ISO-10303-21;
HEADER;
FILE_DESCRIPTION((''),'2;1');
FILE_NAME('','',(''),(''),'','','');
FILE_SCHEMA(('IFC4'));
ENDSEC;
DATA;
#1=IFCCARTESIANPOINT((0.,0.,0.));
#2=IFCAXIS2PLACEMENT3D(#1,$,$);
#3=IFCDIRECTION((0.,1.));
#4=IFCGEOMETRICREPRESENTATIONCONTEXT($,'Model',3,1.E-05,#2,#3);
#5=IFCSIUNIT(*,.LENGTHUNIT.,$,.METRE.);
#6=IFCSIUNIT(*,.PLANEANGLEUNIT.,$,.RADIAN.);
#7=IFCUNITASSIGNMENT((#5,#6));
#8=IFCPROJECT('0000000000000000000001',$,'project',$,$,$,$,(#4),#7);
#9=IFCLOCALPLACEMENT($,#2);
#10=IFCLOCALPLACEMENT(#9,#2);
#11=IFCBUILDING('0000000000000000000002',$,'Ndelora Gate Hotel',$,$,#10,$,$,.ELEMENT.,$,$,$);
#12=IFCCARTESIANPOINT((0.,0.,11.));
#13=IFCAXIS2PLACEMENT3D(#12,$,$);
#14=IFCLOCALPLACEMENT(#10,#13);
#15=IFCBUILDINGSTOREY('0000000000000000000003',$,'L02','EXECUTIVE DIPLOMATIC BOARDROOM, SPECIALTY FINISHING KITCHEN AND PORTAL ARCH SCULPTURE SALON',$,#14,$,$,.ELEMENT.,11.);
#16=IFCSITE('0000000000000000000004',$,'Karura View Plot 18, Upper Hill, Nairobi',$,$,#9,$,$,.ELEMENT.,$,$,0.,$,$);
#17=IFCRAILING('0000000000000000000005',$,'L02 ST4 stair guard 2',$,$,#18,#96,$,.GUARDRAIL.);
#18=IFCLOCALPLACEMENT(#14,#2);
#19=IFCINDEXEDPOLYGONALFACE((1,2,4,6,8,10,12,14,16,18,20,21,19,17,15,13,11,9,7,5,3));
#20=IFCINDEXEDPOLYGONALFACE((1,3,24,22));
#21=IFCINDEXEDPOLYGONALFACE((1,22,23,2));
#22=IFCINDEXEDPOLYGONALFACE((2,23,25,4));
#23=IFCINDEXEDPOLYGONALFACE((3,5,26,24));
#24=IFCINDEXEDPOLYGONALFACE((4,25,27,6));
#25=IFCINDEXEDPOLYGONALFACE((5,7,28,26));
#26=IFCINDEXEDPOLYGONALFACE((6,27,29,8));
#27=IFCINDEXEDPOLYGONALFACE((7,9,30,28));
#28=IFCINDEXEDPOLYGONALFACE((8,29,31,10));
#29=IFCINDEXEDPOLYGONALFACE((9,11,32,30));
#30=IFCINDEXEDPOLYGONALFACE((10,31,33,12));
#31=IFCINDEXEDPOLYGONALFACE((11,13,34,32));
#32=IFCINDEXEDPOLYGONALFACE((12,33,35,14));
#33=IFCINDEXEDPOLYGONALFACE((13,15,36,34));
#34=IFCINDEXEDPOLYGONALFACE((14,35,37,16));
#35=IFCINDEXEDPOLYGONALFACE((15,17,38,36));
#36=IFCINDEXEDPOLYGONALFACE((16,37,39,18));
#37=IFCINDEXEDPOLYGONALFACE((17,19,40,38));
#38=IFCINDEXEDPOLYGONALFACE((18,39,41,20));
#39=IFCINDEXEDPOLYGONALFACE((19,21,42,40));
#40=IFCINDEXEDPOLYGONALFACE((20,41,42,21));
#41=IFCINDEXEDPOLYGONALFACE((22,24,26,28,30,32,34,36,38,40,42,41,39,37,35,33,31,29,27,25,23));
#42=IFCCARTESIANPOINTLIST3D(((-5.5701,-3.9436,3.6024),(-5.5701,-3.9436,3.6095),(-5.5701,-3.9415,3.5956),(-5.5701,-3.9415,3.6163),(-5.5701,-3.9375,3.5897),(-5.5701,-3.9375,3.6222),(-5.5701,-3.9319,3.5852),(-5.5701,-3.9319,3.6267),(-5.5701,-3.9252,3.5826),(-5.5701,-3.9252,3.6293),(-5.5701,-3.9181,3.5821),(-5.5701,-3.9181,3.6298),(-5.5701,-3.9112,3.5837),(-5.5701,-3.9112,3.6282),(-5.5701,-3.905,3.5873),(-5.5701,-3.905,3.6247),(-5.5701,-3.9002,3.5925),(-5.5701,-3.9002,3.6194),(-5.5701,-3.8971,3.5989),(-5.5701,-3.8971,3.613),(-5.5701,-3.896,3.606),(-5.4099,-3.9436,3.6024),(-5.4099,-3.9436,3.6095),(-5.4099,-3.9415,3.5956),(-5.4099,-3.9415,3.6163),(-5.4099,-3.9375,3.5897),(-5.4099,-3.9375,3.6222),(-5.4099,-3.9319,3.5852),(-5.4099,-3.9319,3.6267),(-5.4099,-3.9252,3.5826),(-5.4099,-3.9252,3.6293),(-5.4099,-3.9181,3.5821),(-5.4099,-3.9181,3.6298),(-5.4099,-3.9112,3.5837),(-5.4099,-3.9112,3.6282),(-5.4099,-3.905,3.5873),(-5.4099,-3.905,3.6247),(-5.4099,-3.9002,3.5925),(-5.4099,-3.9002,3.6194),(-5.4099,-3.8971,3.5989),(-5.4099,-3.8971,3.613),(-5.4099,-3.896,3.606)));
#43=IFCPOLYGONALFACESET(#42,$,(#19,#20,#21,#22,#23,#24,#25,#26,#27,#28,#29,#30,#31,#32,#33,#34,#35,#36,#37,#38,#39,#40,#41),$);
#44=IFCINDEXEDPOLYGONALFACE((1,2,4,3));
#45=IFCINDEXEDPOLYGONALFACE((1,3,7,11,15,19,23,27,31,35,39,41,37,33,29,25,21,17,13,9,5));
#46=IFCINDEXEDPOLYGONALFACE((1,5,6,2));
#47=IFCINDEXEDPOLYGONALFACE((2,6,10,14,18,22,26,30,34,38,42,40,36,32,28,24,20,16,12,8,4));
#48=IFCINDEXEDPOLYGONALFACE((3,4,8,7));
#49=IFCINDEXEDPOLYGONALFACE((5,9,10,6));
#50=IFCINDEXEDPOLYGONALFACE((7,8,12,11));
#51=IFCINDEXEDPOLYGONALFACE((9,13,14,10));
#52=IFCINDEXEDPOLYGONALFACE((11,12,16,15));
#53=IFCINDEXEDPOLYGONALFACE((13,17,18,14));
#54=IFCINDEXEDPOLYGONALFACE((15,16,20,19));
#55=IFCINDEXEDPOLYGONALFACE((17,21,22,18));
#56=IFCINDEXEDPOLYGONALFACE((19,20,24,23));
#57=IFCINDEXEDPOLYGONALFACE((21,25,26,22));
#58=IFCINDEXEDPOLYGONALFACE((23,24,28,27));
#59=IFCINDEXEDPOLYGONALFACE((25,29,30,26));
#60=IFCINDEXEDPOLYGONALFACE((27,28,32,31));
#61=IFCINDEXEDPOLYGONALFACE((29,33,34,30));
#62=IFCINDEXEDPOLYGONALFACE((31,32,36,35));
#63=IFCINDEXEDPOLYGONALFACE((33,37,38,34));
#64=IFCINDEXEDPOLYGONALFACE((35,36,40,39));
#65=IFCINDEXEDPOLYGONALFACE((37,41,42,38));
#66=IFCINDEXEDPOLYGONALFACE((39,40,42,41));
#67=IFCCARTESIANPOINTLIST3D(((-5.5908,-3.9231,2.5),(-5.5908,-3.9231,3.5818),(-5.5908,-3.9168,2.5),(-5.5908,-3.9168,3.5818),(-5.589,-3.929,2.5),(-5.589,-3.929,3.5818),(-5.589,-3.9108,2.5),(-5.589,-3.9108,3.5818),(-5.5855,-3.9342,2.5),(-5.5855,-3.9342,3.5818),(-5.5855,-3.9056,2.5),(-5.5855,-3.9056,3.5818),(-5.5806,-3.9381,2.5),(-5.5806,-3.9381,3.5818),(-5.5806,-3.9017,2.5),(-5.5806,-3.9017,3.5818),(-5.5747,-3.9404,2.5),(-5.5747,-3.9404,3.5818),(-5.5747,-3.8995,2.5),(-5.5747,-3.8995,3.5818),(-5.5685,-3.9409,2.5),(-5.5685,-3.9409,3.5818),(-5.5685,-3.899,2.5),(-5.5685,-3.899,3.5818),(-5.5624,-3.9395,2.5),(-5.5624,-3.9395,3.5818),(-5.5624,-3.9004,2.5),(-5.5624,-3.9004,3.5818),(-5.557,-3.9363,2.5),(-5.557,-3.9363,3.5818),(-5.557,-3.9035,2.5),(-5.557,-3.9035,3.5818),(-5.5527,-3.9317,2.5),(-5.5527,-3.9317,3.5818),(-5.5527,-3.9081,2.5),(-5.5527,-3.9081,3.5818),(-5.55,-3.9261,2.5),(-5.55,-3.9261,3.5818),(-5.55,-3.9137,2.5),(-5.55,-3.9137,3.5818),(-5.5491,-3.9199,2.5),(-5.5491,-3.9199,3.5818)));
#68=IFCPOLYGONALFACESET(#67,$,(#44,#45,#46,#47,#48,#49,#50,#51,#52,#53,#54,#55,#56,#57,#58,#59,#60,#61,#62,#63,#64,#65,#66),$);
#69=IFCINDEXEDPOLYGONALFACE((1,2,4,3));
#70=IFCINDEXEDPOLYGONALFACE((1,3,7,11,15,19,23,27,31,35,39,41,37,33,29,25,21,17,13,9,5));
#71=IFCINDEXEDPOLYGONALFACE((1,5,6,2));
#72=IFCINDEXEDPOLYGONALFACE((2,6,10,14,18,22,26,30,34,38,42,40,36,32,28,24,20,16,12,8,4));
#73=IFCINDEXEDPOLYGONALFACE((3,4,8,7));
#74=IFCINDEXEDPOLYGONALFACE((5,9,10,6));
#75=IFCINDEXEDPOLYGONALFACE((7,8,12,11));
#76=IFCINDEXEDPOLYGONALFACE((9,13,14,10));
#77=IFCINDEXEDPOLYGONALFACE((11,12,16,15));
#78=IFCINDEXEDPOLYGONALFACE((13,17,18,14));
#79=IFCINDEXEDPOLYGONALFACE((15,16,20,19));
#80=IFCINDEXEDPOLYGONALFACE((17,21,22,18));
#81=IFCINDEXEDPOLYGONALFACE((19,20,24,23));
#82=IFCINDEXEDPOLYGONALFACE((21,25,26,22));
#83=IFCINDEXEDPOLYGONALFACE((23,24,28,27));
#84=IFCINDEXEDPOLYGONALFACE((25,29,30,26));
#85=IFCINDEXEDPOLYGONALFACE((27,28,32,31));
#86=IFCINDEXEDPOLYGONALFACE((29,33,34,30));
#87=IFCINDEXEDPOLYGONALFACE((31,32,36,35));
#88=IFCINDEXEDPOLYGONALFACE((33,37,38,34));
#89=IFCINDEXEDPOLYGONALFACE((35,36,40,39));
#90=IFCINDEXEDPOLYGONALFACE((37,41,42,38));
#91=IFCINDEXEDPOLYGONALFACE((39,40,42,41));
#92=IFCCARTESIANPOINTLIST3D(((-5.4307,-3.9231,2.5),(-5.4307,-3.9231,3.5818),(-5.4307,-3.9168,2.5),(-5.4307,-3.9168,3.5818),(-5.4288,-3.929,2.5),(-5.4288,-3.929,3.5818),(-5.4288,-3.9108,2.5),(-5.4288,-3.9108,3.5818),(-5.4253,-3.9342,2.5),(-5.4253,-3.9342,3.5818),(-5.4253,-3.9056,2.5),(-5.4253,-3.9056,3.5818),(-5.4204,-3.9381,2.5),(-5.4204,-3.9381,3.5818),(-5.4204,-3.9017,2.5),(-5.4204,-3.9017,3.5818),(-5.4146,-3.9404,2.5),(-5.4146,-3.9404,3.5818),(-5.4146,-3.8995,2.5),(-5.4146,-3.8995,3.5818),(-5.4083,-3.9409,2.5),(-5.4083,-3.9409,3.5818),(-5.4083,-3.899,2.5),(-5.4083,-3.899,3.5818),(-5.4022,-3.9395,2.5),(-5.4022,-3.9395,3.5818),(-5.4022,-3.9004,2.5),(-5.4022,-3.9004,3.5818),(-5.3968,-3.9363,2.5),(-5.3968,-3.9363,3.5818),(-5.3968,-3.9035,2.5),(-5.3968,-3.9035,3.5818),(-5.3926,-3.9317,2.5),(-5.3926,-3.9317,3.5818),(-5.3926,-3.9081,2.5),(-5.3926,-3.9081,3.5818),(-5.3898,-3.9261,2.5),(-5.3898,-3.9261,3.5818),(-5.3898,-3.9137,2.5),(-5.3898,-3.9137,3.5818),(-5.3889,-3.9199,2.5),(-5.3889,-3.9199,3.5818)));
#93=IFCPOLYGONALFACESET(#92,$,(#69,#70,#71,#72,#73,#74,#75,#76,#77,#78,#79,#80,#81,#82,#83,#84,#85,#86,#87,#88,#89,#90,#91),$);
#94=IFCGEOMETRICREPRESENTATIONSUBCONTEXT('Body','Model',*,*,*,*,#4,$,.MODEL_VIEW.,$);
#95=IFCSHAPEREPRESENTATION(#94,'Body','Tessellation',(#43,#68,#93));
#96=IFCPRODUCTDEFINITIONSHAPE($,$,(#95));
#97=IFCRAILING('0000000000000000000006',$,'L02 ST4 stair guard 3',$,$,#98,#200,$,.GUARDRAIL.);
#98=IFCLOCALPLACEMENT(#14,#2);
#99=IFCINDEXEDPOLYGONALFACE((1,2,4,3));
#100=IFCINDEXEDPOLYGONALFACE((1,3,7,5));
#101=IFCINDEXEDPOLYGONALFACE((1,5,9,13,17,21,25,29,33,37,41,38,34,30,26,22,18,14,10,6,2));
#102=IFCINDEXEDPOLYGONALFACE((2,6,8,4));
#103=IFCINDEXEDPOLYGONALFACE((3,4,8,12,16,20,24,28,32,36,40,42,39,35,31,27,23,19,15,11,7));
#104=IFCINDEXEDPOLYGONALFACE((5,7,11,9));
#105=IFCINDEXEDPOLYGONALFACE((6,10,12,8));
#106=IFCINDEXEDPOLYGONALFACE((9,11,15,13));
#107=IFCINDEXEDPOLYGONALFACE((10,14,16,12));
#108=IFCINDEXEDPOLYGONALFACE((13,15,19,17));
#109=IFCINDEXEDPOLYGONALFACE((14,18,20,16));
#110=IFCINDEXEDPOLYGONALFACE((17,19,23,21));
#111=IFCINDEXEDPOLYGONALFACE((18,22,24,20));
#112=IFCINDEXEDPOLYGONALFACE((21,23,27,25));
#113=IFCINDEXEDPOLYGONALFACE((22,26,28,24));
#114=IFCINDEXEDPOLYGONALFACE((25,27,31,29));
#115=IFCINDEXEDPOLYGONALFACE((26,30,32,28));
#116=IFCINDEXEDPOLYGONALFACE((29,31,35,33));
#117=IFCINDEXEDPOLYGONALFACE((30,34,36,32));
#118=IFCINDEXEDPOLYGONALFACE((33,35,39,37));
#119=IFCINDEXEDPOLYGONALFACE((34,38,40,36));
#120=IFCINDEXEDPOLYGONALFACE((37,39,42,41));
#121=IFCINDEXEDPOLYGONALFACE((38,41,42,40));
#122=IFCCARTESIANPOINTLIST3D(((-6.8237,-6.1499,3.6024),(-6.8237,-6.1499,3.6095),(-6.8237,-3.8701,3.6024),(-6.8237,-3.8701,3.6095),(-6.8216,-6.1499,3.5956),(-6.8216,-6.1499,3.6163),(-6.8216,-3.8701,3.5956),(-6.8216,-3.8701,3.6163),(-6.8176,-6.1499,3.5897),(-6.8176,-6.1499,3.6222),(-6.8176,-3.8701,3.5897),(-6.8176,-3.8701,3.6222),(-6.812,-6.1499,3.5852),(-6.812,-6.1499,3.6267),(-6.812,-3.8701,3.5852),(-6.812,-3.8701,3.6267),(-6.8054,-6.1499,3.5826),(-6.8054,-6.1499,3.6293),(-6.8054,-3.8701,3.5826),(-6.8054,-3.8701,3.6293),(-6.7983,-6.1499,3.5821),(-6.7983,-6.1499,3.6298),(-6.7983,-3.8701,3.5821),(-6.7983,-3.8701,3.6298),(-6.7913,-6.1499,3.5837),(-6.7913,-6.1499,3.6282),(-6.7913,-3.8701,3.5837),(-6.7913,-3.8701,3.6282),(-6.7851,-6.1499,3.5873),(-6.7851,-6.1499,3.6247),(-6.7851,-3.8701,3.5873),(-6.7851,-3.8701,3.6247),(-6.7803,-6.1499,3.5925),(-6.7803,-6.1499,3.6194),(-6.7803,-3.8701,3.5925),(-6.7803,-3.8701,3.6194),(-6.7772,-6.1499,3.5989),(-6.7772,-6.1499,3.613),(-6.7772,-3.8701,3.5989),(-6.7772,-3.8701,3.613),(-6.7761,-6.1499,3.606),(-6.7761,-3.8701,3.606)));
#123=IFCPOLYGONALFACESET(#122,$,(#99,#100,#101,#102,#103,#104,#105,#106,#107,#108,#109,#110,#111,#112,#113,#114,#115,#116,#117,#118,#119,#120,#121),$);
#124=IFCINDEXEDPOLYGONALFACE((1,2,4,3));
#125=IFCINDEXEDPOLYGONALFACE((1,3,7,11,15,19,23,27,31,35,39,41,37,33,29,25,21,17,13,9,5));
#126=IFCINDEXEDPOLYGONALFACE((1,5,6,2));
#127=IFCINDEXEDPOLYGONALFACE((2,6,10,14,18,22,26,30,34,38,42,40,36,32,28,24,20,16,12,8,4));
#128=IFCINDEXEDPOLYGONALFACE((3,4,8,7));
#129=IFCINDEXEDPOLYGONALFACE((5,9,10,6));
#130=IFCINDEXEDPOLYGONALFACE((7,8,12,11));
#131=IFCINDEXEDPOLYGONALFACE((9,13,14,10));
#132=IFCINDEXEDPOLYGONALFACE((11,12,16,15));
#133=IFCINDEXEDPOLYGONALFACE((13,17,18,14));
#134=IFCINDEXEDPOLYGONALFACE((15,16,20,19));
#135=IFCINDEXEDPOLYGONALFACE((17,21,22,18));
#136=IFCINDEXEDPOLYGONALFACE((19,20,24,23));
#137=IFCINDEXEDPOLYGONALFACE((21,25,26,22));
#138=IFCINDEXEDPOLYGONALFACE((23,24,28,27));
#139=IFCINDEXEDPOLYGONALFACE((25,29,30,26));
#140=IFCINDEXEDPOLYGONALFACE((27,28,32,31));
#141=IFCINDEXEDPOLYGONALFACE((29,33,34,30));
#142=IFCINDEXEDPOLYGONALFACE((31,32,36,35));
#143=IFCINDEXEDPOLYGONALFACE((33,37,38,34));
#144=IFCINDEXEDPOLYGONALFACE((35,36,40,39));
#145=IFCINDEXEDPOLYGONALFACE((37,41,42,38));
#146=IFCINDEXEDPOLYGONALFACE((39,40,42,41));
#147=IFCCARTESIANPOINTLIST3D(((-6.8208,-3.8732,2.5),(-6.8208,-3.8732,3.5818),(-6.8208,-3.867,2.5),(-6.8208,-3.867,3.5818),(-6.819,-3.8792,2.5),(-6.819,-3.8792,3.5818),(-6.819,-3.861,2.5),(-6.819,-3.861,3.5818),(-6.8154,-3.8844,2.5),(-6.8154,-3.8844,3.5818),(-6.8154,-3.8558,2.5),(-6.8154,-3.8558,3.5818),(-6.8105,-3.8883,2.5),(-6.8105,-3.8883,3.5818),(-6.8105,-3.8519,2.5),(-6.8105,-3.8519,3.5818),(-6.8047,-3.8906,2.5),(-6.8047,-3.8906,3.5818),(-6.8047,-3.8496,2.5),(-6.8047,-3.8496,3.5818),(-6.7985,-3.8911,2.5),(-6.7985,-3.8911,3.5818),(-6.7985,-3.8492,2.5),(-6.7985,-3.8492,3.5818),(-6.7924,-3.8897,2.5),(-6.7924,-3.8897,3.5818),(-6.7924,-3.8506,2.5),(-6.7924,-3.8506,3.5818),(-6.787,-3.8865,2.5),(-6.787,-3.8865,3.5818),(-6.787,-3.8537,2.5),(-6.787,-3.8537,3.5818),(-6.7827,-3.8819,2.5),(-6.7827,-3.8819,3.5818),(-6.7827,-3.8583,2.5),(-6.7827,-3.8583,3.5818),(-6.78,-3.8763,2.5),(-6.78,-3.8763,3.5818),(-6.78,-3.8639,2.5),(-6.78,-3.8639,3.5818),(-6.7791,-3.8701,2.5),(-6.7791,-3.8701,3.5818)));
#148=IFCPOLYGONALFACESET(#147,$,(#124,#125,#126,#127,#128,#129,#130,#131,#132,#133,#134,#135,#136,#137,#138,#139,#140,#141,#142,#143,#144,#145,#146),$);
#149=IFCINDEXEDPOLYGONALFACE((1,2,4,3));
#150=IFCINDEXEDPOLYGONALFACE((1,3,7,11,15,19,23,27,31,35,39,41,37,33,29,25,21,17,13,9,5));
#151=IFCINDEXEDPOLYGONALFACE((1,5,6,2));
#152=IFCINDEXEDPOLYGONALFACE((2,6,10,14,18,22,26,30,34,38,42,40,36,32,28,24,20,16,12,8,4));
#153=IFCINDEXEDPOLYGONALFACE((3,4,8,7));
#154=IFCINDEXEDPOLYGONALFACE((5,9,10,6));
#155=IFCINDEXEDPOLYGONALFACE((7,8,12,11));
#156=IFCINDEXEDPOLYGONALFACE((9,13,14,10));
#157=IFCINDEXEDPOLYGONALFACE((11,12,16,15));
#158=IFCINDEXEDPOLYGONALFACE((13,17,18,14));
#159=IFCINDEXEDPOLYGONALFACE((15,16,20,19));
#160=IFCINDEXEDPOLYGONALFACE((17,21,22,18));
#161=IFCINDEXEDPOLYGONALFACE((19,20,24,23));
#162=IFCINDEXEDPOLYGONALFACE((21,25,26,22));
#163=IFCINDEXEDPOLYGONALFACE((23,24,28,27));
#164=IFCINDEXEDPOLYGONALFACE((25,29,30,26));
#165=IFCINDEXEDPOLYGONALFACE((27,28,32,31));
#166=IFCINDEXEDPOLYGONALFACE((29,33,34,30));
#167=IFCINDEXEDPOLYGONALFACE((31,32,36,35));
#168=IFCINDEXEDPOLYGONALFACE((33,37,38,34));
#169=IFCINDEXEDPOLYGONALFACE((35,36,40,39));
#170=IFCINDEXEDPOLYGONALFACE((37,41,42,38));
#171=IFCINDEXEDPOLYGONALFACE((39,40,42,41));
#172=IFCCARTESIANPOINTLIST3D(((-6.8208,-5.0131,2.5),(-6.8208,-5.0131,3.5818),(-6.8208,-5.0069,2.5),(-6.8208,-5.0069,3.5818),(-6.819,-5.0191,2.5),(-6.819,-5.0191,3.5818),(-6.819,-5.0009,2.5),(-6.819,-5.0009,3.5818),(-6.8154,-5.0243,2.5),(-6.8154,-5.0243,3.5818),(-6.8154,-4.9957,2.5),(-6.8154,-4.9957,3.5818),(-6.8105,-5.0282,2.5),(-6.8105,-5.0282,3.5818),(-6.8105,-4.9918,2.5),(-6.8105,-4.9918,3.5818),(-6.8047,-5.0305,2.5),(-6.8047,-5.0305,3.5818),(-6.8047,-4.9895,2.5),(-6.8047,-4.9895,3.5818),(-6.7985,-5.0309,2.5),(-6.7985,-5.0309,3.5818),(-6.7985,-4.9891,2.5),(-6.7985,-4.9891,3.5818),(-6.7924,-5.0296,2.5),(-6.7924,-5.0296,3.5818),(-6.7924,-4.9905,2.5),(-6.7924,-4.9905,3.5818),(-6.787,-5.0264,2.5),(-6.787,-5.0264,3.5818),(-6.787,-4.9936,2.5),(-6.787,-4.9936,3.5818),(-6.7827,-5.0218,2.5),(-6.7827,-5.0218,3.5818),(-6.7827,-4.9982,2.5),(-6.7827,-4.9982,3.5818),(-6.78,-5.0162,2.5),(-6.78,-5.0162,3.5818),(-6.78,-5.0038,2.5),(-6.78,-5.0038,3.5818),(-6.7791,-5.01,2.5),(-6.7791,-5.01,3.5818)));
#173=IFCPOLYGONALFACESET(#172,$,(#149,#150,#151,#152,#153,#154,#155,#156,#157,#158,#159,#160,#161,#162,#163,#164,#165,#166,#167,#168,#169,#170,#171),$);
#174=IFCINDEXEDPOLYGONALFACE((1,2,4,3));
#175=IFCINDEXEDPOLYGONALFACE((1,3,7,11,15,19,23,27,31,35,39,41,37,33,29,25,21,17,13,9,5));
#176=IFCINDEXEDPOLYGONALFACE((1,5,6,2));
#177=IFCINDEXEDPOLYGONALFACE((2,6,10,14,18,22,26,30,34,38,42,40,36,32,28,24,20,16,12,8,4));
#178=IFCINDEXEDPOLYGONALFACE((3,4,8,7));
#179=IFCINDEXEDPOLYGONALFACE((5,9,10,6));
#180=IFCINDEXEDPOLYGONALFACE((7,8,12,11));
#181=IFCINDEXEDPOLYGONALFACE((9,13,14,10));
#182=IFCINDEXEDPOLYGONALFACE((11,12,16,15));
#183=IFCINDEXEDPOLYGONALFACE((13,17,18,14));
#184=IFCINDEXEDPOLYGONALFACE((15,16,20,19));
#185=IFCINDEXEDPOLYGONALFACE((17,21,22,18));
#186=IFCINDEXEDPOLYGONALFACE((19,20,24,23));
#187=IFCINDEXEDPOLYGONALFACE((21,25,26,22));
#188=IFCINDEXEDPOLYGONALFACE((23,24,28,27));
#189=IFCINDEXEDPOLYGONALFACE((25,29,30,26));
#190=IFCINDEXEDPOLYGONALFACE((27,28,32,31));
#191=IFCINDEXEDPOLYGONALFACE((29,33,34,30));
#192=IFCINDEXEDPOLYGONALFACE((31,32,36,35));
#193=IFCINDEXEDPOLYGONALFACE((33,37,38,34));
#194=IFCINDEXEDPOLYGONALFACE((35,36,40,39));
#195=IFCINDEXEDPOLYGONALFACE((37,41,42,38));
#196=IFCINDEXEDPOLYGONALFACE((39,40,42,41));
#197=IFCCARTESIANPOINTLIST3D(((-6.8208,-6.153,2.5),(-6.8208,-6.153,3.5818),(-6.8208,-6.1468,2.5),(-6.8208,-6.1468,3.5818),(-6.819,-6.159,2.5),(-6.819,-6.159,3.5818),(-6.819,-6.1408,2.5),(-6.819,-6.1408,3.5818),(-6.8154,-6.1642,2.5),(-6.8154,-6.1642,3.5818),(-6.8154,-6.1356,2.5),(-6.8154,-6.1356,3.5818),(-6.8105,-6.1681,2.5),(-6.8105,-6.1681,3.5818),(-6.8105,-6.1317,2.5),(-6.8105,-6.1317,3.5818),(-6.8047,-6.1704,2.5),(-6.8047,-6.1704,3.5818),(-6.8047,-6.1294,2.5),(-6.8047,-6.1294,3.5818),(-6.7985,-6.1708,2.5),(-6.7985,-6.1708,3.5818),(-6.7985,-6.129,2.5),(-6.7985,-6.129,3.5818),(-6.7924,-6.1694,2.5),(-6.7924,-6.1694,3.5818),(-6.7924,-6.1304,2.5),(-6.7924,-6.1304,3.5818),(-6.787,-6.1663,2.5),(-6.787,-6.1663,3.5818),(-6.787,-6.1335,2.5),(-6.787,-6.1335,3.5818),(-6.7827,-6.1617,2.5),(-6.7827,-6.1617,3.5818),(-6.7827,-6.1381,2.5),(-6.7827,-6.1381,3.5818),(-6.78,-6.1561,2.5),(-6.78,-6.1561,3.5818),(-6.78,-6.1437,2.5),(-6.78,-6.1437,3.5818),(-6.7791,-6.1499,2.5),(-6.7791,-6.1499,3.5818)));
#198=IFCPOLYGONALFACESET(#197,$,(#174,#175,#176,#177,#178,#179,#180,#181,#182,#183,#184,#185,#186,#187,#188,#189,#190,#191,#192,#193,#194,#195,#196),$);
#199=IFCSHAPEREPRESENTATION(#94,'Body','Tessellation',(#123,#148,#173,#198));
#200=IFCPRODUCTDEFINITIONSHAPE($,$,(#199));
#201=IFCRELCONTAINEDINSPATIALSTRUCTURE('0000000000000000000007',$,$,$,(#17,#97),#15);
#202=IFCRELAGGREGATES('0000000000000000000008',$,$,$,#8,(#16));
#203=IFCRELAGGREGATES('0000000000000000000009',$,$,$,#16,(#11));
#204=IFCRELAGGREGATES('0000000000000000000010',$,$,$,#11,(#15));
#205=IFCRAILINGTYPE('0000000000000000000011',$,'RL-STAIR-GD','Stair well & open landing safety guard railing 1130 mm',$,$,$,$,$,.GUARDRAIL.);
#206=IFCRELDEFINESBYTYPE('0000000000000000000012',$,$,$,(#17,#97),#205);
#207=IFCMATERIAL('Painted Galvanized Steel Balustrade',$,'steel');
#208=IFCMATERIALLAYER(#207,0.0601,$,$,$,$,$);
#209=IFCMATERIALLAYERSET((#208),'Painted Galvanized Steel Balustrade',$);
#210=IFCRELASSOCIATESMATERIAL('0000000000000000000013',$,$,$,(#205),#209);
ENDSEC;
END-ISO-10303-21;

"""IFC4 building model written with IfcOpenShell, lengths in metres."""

from ifc_helpers import new_model, si_unit, direction, frame, origin, origin_2d, place, context, subcontext, project, spatial, circle, extrude, material, layer, layer_set, type_object, element, save


model = new_model("IFC4")

# Units and contexts
model_context = context("Model", 3, precision=1e-05, world=origin(), true_north=direction((0.0, 1.0)))
body_context = subcontext(model_context, "Body", "Model", "MODEL_VIEW")
ifc_project = project(units=[si_unit("LENGTHUNIT", "METRE"), si_unit("PLANEANGLEUNIT", "RADIAN")], contexts=[model_context])

# Site, building, storey
site_placement = place(None, origin())
site = spatial("IfcSite", under=ifc_project, at=site_placement, Name="Karura View Plot 18, Upper Hill, Nairobi", CompositionType="ELEMENT", RefElevation=0.0)
building_placement = place(site_placement, origin())
building = spatial("IfcBuilding", under=site, at=building_placement, Name="Ndelora Gate Hotel", CompositionType="ELEMENT")
storey_placement = place(building_placement, frame((0.0, 0.0, 11.0)))
storey = spatial("IfcBuildingStorey", under=building, at=storey_placement, Name="L02", Description="EXECUTIVE DIPLOMATIC BOARDROOM, SPECIALTY FINISHING KITCHEN AND PORTAL ARCH SCULPTURE SALON", CompositionType="ELEMENT", Elevation=11.0)

# Railings
ifc_material_1 = material(Name="Painted Galvanized Steel Balustrade", Category="steel")
ifc_layer_1 = layer(ifc_material_1, 0.0601)
ifc_layer_set_1 = layer_set([ifc_layer_1], Name="Painted Galvanized Steel Balustrade")
railing_type_1 = type_object("IfcRailingType", Name="RL-STAIR-GD", Description="Stair well & open landing safety guard railing 1130 mm", PredefinedType="GUARDRAIL", material=ifc_layer_set_1)
railing_1_placement = place(storey_placement, frame((-5.5701, -3.9199, 2.5)))
element("IfcRailing", 1, at=railing_1_placement, inside=storey, type_object=railing_type_1, Name="L02 ST4 stair guard 2", PredefinedType="GUARDRAIL", context=body_context, shape_type="SweptSolid", body=[
    extrude(circle(Radius=0.0239, at=origin_2d()), frame((0.0, 0.0, 1.106), z_axis=(1.0, 0.0, 0.0), x_axis=(0.0, 1.0, 0.0)), (0.0, 0.0, 1.0), 0.1602),
    extrude(circle(Radius=0.021, at=origin_2d()), origin(), (0.0, 0.0, 1.0), 1.0818),
    extrude(circle(Radius=0.021, at=origin_2d()), frame((0.1602, 0.0, 0.0)), (0.0, 0.0, 1.0), 1.0818),
])
for number, where, name in (
    (2, (-6.8, -3.8701, 2.5), "L02 ST4 stair guard 3"),
):
    element("IfcRailing", number, at=place(storey_placement, frame(where)), inside=storey, type_object=railing_type_1, Name=name, PredefinedType="GUARDRAIL", context=body_context, shape_type="SweptSolid", body=[
        extrude(circle(Radius=0.0239, at=origin_2d()), frame((0.0, 0.0, 1.106), z_axis=(0.0, -1.0, 0.0), x_axis=(1.0, 0.0, 0.0)), (0.0, 0.0, 1.0), 2.2798),
        extrude(circle(Radius=0.021, at=origin_2d()), origin(), (0.0, 0.0, 1.0), 1.0818),
        extrude(circle(Radius=0.021, at=origin_2d()), frame((0.0, -1.1399, 0.0)), (0.0, 0.0, 1.0), 1.0818),
        extrude(circle(Radius=0.021, at=origin_2d()), frame((0.0, -2.2798, 0.0)), (0.0, 0.0, 1.0), 1.0818),
    ])

save(model, "model.ifc")
